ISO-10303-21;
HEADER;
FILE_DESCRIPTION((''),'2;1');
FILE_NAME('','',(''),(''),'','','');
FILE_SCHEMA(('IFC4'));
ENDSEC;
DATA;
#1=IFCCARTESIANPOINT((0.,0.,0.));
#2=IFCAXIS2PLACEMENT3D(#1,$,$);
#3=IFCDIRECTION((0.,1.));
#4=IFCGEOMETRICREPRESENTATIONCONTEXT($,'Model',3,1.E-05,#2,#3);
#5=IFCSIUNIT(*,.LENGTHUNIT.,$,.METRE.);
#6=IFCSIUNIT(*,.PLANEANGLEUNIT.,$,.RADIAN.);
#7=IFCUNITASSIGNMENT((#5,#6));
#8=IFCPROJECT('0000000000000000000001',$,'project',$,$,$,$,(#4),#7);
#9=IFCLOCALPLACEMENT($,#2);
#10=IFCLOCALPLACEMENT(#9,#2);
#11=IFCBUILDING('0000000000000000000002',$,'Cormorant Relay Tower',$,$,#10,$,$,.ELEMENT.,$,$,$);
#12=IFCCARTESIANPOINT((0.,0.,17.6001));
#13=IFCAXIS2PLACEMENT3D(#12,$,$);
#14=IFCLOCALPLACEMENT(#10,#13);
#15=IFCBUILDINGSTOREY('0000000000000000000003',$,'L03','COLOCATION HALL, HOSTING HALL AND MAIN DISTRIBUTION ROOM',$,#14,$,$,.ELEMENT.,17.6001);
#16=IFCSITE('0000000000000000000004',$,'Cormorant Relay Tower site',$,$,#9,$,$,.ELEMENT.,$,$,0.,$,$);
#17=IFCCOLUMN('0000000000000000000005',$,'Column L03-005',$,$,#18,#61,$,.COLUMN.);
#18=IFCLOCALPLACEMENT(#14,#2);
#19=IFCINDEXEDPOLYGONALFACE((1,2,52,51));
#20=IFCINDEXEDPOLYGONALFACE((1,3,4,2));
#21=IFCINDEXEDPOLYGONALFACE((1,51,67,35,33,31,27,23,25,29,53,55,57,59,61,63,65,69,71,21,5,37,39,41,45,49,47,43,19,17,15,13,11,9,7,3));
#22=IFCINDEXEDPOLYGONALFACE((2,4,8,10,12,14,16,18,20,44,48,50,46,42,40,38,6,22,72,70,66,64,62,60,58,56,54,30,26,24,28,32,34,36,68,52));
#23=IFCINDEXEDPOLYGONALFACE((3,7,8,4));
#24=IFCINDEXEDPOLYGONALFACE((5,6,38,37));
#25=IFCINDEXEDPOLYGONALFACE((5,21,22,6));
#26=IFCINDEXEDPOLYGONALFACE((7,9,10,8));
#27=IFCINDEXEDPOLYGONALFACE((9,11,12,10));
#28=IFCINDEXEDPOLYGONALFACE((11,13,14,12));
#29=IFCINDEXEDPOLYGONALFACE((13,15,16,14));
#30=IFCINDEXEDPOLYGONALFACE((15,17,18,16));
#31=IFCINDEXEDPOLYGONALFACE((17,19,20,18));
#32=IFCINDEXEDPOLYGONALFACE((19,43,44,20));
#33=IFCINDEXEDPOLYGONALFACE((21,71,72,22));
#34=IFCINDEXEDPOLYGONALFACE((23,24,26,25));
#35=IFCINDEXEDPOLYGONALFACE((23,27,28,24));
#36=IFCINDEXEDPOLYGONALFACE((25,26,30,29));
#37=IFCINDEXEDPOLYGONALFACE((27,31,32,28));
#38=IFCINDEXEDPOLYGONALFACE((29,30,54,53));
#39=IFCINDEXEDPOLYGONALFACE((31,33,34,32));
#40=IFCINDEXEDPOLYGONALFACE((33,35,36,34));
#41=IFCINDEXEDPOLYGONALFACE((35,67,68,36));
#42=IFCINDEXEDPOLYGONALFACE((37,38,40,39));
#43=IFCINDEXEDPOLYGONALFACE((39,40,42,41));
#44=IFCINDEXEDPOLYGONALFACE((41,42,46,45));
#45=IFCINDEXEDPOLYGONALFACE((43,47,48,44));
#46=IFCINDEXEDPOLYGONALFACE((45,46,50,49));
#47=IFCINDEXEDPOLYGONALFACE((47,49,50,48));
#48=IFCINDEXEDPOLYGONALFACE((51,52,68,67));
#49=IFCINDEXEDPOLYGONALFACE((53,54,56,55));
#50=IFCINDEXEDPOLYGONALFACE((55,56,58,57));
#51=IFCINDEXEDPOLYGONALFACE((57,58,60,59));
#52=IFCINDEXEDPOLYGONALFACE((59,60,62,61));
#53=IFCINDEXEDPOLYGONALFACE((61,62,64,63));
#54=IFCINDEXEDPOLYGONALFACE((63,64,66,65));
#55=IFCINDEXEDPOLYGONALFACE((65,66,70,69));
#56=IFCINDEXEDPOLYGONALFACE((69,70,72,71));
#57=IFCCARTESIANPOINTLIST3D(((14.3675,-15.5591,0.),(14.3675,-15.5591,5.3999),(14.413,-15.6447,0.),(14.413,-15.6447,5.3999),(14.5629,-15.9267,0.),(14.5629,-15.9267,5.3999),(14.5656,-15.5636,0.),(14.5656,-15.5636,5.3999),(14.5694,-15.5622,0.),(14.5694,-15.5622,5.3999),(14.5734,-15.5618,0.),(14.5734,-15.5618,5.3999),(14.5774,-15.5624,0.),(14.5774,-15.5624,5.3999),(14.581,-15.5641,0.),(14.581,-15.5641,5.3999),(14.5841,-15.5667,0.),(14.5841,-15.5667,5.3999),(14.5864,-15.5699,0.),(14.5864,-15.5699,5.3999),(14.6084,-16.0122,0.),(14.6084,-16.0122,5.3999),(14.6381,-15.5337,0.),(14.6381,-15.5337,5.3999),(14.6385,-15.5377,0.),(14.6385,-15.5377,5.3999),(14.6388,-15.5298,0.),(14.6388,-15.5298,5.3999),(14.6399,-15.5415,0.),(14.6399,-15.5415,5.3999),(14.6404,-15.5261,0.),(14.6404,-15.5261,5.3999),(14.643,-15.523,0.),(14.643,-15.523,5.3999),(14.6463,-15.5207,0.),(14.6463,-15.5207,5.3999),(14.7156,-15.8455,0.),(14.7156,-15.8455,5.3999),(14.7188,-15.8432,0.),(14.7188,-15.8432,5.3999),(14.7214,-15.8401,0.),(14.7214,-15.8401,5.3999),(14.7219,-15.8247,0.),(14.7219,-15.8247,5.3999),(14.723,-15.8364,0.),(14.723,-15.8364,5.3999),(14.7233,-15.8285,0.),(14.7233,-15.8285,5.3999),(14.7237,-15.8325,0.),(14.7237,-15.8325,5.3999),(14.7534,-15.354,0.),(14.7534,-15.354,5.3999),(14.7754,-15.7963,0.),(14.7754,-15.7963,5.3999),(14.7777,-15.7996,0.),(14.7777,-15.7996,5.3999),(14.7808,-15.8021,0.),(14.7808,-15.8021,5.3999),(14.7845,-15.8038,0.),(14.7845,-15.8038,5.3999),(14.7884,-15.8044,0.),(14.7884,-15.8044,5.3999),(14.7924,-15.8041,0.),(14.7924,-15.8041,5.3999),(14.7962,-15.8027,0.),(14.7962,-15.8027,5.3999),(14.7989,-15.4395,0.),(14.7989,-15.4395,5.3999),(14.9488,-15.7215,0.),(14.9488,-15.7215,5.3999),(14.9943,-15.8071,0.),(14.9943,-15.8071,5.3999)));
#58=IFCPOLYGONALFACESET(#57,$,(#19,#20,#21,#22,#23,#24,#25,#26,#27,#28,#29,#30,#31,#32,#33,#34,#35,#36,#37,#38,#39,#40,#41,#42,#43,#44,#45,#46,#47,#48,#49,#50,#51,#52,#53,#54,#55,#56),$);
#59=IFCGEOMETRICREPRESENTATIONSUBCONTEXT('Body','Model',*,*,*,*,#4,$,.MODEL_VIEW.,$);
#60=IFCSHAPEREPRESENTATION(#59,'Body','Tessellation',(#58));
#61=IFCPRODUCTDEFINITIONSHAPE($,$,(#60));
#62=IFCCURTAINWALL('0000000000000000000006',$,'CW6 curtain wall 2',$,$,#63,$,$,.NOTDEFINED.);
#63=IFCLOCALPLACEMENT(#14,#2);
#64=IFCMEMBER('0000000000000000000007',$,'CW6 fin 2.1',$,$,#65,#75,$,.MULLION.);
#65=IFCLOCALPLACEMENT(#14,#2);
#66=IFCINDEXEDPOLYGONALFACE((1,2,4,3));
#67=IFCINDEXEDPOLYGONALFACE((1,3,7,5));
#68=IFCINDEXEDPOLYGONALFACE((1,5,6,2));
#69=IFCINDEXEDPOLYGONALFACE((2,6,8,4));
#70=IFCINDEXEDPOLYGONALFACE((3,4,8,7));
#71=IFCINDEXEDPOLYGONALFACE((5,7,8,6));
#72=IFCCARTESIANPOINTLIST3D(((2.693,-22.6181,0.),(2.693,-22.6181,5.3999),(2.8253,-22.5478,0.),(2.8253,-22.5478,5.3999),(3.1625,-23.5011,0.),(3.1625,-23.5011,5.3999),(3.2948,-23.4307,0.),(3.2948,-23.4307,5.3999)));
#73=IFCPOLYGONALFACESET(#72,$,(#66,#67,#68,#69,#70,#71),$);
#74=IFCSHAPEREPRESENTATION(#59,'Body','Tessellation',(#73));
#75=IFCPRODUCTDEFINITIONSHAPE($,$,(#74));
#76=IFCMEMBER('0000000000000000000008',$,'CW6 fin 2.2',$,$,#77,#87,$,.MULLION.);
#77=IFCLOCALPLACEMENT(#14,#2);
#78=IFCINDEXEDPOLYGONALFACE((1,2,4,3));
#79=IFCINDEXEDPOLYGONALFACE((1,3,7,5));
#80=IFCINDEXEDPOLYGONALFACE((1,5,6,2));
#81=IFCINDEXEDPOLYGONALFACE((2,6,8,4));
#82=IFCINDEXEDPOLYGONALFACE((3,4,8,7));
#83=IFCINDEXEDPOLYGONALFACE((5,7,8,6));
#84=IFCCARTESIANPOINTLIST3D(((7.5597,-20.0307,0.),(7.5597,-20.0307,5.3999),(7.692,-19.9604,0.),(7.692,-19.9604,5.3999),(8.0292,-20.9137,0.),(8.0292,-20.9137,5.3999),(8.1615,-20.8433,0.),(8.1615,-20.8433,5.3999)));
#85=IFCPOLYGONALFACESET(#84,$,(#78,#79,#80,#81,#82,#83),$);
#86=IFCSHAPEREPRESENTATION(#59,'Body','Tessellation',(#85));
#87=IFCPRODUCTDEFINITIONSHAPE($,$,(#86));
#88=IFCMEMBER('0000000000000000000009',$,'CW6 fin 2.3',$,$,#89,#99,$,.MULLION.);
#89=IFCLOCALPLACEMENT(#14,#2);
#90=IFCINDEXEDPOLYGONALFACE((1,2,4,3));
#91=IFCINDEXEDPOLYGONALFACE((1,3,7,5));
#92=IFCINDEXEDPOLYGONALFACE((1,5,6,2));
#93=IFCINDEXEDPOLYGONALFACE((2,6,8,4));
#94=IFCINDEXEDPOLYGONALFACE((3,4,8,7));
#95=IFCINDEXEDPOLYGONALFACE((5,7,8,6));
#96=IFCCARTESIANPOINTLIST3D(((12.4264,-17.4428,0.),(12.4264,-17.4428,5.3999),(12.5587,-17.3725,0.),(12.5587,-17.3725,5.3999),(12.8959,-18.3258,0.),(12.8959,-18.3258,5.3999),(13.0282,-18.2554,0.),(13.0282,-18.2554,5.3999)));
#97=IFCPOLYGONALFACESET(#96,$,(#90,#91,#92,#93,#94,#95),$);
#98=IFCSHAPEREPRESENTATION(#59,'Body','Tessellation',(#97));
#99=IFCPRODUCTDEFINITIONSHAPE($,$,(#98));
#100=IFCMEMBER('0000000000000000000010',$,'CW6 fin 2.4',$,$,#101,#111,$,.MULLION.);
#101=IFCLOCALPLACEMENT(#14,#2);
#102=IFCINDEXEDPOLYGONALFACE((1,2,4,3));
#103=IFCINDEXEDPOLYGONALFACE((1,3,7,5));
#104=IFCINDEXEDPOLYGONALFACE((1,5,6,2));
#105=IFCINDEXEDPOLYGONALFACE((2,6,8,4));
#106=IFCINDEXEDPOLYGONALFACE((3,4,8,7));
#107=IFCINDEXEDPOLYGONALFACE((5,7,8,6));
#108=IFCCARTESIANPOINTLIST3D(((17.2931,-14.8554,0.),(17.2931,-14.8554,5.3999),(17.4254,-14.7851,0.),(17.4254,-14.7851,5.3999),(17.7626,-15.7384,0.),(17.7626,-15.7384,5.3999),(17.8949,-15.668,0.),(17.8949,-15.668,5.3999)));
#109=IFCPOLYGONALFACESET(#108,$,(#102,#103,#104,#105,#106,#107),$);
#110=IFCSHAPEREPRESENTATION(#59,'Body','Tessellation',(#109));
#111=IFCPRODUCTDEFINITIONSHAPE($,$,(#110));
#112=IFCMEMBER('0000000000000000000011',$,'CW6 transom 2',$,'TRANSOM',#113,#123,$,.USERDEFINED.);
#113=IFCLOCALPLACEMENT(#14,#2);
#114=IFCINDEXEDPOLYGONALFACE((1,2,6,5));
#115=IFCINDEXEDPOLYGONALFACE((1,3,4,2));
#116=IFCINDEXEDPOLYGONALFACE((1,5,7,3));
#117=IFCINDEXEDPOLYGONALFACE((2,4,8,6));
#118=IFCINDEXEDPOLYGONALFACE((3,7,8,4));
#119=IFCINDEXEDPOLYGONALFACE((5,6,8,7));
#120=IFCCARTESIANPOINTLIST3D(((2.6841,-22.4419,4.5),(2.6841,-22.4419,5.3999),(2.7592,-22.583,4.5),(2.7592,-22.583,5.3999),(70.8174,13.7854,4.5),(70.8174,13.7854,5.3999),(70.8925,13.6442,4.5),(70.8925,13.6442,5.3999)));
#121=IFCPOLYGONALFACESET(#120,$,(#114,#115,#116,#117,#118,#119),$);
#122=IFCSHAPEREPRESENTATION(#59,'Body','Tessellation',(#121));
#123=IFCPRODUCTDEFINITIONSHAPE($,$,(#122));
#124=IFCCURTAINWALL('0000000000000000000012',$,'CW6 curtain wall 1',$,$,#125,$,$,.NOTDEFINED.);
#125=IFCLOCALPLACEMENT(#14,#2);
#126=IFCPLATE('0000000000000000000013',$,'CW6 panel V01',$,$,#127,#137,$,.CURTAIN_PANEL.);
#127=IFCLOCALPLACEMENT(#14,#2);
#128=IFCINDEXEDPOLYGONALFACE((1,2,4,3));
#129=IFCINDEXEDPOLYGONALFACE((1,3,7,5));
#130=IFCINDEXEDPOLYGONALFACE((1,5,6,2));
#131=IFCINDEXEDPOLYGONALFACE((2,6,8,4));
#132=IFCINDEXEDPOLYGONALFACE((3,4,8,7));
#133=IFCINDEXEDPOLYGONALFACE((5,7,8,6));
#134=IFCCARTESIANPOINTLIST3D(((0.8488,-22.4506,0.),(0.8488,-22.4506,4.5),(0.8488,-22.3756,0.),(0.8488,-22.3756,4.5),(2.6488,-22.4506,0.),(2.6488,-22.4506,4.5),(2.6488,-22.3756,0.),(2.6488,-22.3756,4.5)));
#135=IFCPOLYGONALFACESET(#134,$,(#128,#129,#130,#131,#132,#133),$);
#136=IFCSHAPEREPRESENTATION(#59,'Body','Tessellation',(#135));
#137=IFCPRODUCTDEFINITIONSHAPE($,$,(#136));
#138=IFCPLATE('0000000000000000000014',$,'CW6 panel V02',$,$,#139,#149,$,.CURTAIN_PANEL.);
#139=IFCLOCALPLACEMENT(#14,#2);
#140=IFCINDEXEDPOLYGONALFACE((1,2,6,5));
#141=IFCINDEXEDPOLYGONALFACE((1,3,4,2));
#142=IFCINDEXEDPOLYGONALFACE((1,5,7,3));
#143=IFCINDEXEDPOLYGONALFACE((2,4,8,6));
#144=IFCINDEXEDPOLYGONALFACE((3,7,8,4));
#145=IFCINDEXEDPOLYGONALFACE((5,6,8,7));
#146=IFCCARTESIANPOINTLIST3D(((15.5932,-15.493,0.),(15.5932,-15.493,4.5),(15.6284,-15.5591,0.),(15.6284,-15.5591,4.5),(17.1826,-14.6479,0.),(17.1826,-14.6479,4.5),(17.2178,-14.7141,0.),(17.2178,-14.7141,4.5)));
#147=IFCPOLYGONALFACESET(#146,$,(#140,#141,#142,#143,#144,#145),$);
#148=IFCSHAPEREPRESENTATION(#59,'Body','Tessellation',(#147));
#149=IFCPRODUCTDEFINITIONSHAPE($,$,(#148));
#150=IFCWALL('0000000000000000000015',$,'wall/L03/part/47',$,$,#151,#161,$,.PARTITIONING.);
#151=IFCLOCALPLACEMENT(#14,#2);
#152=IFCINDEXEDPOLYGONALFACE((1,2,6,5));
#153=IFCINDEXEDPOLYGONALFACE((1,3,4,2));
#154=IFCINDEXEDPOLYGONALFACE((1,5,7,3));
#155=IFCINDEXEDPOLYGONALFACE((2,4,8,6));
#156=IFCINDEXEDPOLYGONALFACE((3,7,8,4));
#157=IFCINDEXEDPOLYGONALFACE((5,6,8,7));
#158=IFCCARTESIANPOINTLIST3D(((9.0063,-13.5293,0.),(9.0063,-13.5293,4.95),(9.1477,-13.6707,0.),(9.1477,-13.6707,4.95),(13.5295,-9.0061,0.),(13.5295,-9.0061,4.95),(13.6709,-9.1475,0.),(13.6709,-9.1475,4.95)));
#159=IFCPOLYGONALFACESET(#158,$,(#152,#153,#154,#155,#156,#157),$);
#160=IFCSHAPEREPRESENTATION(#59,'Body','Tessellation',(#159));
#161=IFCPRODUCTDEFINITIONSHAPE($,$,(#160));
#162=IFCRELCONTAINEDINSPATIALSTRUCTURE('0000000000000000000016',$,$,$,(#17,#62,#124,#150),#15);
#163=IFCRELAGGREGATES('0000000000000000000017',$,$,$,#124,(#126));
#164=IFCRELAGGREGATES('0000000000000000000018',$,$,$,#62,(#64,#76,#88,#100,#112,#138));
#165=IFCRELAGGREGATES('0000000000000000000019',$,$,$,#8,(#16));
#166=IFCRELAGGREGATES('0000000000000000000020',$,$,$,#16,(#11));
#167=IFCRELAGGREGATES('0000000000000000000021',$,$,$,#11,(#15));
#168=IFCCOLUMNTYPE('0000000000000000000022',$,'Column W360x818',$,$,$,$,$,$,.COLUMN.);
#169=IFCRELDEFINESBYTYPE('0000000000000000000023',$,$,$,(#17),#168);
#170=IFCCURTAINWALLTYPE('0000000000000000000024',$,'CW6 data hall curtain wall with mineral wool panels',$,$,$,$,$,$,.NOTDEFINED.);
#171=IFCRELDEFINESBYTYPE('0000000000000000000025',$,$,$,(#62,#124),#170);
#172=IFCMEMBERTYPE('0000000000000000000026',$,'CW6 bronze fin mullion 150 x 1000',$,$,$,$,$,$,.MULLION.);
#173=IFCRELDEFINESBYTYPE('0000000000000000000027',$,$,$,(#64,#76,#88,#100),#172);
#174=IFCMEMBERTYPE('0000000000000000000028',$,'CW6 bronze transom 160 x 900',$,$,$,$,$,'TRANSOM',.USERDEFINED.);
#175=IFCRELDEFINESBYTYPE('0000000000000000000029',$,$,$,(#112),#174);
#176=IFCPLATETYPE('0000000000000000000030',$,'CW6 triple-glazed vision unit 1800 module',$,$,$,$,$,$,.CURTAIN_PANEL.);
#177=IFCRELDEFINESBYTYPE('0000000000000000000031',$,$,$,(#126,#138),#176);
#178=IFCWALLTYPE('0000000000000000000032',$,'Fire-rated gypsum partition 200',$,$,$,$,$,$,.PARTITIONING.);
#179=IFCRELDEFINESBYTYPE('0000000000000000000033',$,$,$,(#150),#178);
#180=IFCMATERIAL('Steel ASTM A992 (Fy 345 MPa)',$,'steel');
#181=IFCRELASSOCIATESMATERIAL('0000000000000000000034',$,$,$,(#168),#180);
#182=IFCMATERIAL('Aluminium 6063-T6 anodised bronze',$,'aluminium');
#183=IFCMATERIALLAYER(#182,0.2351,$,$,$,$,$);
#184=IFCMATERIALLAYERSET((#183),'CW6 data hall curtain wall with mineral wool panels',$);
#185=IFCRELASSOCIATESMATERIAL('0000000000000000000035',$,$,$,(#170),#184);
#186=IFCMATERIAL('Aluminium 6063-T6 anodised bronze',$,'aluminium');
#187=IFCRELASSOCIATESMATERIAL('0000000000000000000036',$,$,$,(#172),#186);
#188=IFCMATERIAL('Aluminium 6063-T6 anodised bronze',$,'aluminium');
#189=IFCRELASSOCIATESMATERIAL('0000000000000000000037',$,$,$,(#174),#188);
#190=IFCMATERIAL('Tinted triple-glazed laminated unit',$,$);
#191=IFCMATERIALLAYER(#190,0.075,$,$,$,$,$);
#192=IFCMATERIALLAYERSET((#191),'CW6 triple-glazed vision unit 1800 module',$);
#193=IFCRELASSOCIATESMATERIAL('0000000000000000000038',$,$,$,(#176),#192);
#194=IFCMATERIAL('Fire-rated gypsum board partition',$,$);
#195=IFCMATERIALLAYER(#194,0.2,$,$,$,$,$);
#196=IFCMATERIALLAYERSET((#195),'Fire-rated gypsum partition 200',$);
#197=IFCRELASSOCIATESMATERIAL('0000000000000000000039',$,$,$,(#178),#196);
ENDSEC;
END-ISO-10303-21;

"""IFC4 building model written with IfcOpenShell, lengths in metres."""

from ifc_helpers import new_model, si_unit, direction, frame, frame_2d, origin, origin_2d, place, context, subcontext, project, spatial, rectangle, i_section, extrude, material, layer, layer_set, material_profile, profile_set, type_object, element, aggregate, save


model = new_model("IFC4")

# Units and contexts
model_context = context("Model", 3, precision=1e-05, world=origin(), true_north=direction((0.0, 1.0)))
body_context = subcontext(model_context, "Body", "Model", "MODEL_VIEW")
ifc_project = project(units=[si_unit("LENGTHUNIT", "METRE"), si_unit("PLANEANGLEUNIT", "RADIAN")], contexts=[model_context])

# Site, building, storey
site_placement = place(None, origin())
site = spatial("IfcSite", under=ifc_project, at=site_placement, Name="Cormorant Relay Tower site", CompositionType="ELEMENT", RefElevation=0.0)
building_placement = place(site_placement, origin())
building = spatial("IfcBuilding", under=site, at=building_placement, Name="Cormorant Relay Tower", CompositionType="ELEMENT")
storey_placement = place(building_placement, frame((0.0, 0.0, 17.6001)))
storey = spatial("IfcBuildingStorey", under=building, at=storey_placement, Name="L03", Description="COLOCATION HALL, HOSTING HALL AND MAIN DISTRIBUTION ROOM", CompositionType="ELEMENT", Elevation=17.6001)

# Column
ifc_material_1 = material(Name="Steel ASTM A992 (Fy 345 MPa)", Category="steel")
ifc_material_profile_1 = material_profile(ifc_material_1, i_section(OverallWidth=0.437, OverallDepth=0.5132, WebThickness=0.0605, FlangeThickness=0.0969, FilletRadius=0.0154, at=origin_2d()), Name="W360x818")
ifc_profile_set_1 = profile_set([ifc_material_profile_1], Name="Steel ASTM A992 (Fy 345 MPa)")
column_type_1 = type_object("IfcColumnType", Name="Column W360x818", PredefinedType="COLUMN", material=ifc_profile_set_1)
for number, where, z_axis, x_axis, name in (
    (1, (14.6809, -15.6831, 0.0), (0.0, 0.0, 1.0), (0.882948, 0.469472, 0.0), "Column L03-005"),
):
    element("IfcColumn", number, at=place(storey_placement, frame(where, z_axis=z_axis, x_axis=x_axis)), inside=storey, type_object=column_type_1, Name=name, PredefinedType="COLUMN", context=body_context, shape_type="SweptSolid", body=[
        extrude(i_section(OverallWidth=0.437, OverallDepth=0.5132, WebThickness=0.0605, FlangeThickness=0.0969, FilletRadius=0.0154, at=origin_2d()), origin(), (0.0, 0.0, 1.0), 5.3999),
    ])

# Curtain wall, members
ifc_material_2 = material(Name="Aluminium 6063-T6 anodised bronze", Category="aluminium")
ifc_layer_1 = layer(ifc_material_2, 0.2351)
ifc_layer_set_1 = layer_set([ifc_layer_1], Name="CW6 data hall curtain wall with mineral wool panels")
curtain_wall_type = type_object("IfcCurtainWallType", Name="CW6 data hall curtain wall with mineral wool panels", PredefinedType="NOTDEFINED", material=ifc_layer_set_1)
curtain_wall_1_placement = place(storey_placement, origin())
curtain_wall_1 = element("IfcCurtainWall", 2, at=curtain_wall_1_placement, inside=storey, type_object=curtain_wall_type, Name="CW6 curtain wall 2", PredefinedType="NOTDEFINED")
ifc_material_3 = material(Name="Aluminium 6063-T6 anodised bronze", Category="aluminium")
ifc_material_profile_2 = material_profile(ifc_material_3, rectangle(XDim=0.1499, YDim=1.0, at=origin_2d()), Name="AL 150x1000")
ifc_profile_set_2 = profile_set([ifc_material_profile_2], Name="Aluminium 6063-T6 anodised bronze")
member_type_1 = type_object("IfcMemberType", Name="CW6 bronze fin mullion 150 x 1000", PredefinedType="MULLION", material=ifc_profile_set_2)
member_1_placement = place(storey_placement, frame((2.9939, -23.0244, 0.0), z_axis=(0.0, 0.0, 1.0), x_axis=(0.882948, 0.469472, 0.0)))
member_1 = element("IfcMember", 3, at=member_1_placement, type_object=member_type_1, Name="CW6 fin 2.1", PredefinedType="MULLION", context=body_context, shape_type="SweptSolid", body=[
    extrude(rectangle(XDim=0.1499, YDim=1.0, at=origin_2d()), origin(), (0.0, 0.0, 1.0), 5.3999),
])
member_2_placement = place(storey_placement, frame((7.8606, -20.437, 0.0), z_axis=(0.0, 0.0, 1.0), x_axis=(0.882948, 0.469472, 0.0)))
member_2 = element("IfcMember", 4, at=member_2_placement, type_object=member_type_1, Name="CW6 fin 2.2", PredefinedType="MULLION", context=body_context, shape_type="SweptSolid", body=[
    extrude(rectangle(XDim=0.1499, YDim=1.0, at=origin_2d()), origin(), (0.0, 0.0, 1.0), 5.3999),
])
member_3_placement = place(storey_placement, frame((12.7273, -17.8491, 0.0), z_axis=(0.0, 0.0, 1.0), x_axis=(0.882948, 0.469472, 0.0)))
member_3 = element("IfcMember", 5, at=member_3_placement, type_object=member_type_1, Name="CW6 fin 2.3", PredefinedType="MULLION", context=body_context, shape_type="SweptSolid", body=[
    extrude(rectangle(XDim=0.1499, YDim=1.0, at=origin_2d()), origin(), (0.0, 0.0, 1.0), 5.3999),
])
member_4_placement = place(storey_placement, frame((17.594, -15.2617, 0.0), z_axis=(0.0, 0.0, 1.0), x_axis=(0.882948, 0.469472, 0.0)))
member_4 = element("IfcMember", 6, at=member_4_placement, type_object=member_type_1, Name="CW6 fin 2.4", PredefinedType="MULLION", context=body_context, shape_type="SweptSolid", body=[
    extrude(rectangle(XDim=0.1499, YDim=1.0, at=origin_2d()), origin(), (0.0, 0.0, 1.0), 5.3999),
])
ifc_material_4 = material(Name="Aluminium 6063-T6 anodised bronze", Category="aluminium")
ifc_material_profile_3 = material_profile(ifc_material_4, rectangle(XDim=0.1599, YDim=0.8999, at=origin_2d()), Name="AL 160x900")
ifc_profile_set_3 = profile_set([ifc_material_profile_3], Name="Aluminium 6063-T6 anodised bronze")
member_type_2 = type_object("IfcMemberType", Name="CW6 bronze transom 160 x 900", ElementType="TRANSOM", PredefinedType="USERDEFINED", material=ifc_profile_set_3)
member_5_placement = place(storey_placement, frame((2.7217, -22.5125, 4.95), z_axis=(0.882947, 0.469473, 0.0), x_axis=(-0.469473, 0.882947, 0.0)))
member_5 = element("IfcMember", 7, at=member_5_placement, type_object=member_type_2, Name="CW6 transom 2", ObjectType="TRANSOM", PredefinedType="USERDEFINED", context=body_context, shape_type="SweptSolid", body=[
    extrude(rectangle(XDim=0.1599, YDim=0.8999, at=origin_2d()), origin(), (0.0, 0.0, 1.0), 77.1658),
])

# Curtain wall, plate
curtain_wall_2_placement = place(storey_placement, origin())
curtain_wall_2 = element("IfcCurtainWall", 8, at=curtain_wall_2_placement, inside=storey, type_object=curtain_wall_type, Name="CW6 curtain wall 1", PredefinedType="NOTDEFINED")
ifc_material_5 = material(Name="Tinted triple-glazed laminated unit")
ifc_layer_2 = layer(ifc_material_5, 0.075)
ifc_layer_set_2 = layer_set([ifc_layer_2], Name="CW6 triple-glazed vision unit 1800 module")
plate_type = type_object("IfcPlateType", Name="CW6 triple-glazed vision unit 1800 module", PredefinedType="CURTAIN_PANEL", material=ifc_layer_set_2)
plate_1_placement = place(storey_placement, frame((1.7488, -22.4131, 0.0), z_axis=(0.0, 0.0, 1.0), x_axis=(1.0, 0.0, 0.0)))
plate_1 = element("IfcPlate", 9, at=plate_1_placement, type_object=plate_type, Name="CW6 panel V01", PredefinedType="CURTAIN_PANEL", context=body_context, shape_type="SweptSolid", body=[
    extrude(rectangle(XDim=1.8, YDim=0.075, at=origin_2d()), origin(), (0.0, 0.0, 1.0), 4.5),
])
aggregate(curtain_wall_2, [plate_1])

# Plate
plate_2_placement = place(storey_placement, frame((16.4055, -15.1035, 0.0), z_axis=(0.0, 0.0, 1.0), x_axis=(0.882948, 0.469472, 0.0)))
plate_2 = element("IfcPlate", 10, at=plate_2_placement, type_object=plate_type, Name="CW6 panel V02", PredefinedType="CURTAIN_PANEL", context=body_context, shape_type="SweptSolid", body=[
    extrude(rectangle(XDim=1.8, YDim=0.075, at=origin_2d()), origin(), (0.0, 0.0, 1.0), 4.5),
])

# Wall
ifc_material_6 = material(Name="Fire-rated gypsum board partition")
ifc_layer_3 = layer(ifc_material_6, 0.2)
ifc_layer_set_3 = layer_set([ifc_layer_3], Name="Fire-rated gypsum partition 200")
wall_type_1 = type_object("IfcWallType", Name="Fire-rated gypsum partition 200", PredefinedType="PARTITIONING", material=ifc_layer_set_3)
wall_1_placement = place(storey_placement, frame((13.6001, -9.0769, 0.0), z_axis=(0.0, 0.0, 1.0), x_axis=(-0.707107, -0.707107, 0.0)))
element("IfcWall", 11, at=wall_1_placement, inside=storey, type_object=wall_type_1, Name="wall/L03/part/47", PredefinedType="PARTITIONING", context=body_context, shape_type="SweptSolid", body=[
    extrude(rectangle(XDim=6.3967, YDim=0.2, at=frame_2d((3.1982, 0.0))), origin(), (0.0, 0.0, 1.0), 4.95),
])

aggregate(curtain_wall_1, [member_1, member_2, member_3, member_4, member_5, plate_2])

save(model, "model.ifc")
